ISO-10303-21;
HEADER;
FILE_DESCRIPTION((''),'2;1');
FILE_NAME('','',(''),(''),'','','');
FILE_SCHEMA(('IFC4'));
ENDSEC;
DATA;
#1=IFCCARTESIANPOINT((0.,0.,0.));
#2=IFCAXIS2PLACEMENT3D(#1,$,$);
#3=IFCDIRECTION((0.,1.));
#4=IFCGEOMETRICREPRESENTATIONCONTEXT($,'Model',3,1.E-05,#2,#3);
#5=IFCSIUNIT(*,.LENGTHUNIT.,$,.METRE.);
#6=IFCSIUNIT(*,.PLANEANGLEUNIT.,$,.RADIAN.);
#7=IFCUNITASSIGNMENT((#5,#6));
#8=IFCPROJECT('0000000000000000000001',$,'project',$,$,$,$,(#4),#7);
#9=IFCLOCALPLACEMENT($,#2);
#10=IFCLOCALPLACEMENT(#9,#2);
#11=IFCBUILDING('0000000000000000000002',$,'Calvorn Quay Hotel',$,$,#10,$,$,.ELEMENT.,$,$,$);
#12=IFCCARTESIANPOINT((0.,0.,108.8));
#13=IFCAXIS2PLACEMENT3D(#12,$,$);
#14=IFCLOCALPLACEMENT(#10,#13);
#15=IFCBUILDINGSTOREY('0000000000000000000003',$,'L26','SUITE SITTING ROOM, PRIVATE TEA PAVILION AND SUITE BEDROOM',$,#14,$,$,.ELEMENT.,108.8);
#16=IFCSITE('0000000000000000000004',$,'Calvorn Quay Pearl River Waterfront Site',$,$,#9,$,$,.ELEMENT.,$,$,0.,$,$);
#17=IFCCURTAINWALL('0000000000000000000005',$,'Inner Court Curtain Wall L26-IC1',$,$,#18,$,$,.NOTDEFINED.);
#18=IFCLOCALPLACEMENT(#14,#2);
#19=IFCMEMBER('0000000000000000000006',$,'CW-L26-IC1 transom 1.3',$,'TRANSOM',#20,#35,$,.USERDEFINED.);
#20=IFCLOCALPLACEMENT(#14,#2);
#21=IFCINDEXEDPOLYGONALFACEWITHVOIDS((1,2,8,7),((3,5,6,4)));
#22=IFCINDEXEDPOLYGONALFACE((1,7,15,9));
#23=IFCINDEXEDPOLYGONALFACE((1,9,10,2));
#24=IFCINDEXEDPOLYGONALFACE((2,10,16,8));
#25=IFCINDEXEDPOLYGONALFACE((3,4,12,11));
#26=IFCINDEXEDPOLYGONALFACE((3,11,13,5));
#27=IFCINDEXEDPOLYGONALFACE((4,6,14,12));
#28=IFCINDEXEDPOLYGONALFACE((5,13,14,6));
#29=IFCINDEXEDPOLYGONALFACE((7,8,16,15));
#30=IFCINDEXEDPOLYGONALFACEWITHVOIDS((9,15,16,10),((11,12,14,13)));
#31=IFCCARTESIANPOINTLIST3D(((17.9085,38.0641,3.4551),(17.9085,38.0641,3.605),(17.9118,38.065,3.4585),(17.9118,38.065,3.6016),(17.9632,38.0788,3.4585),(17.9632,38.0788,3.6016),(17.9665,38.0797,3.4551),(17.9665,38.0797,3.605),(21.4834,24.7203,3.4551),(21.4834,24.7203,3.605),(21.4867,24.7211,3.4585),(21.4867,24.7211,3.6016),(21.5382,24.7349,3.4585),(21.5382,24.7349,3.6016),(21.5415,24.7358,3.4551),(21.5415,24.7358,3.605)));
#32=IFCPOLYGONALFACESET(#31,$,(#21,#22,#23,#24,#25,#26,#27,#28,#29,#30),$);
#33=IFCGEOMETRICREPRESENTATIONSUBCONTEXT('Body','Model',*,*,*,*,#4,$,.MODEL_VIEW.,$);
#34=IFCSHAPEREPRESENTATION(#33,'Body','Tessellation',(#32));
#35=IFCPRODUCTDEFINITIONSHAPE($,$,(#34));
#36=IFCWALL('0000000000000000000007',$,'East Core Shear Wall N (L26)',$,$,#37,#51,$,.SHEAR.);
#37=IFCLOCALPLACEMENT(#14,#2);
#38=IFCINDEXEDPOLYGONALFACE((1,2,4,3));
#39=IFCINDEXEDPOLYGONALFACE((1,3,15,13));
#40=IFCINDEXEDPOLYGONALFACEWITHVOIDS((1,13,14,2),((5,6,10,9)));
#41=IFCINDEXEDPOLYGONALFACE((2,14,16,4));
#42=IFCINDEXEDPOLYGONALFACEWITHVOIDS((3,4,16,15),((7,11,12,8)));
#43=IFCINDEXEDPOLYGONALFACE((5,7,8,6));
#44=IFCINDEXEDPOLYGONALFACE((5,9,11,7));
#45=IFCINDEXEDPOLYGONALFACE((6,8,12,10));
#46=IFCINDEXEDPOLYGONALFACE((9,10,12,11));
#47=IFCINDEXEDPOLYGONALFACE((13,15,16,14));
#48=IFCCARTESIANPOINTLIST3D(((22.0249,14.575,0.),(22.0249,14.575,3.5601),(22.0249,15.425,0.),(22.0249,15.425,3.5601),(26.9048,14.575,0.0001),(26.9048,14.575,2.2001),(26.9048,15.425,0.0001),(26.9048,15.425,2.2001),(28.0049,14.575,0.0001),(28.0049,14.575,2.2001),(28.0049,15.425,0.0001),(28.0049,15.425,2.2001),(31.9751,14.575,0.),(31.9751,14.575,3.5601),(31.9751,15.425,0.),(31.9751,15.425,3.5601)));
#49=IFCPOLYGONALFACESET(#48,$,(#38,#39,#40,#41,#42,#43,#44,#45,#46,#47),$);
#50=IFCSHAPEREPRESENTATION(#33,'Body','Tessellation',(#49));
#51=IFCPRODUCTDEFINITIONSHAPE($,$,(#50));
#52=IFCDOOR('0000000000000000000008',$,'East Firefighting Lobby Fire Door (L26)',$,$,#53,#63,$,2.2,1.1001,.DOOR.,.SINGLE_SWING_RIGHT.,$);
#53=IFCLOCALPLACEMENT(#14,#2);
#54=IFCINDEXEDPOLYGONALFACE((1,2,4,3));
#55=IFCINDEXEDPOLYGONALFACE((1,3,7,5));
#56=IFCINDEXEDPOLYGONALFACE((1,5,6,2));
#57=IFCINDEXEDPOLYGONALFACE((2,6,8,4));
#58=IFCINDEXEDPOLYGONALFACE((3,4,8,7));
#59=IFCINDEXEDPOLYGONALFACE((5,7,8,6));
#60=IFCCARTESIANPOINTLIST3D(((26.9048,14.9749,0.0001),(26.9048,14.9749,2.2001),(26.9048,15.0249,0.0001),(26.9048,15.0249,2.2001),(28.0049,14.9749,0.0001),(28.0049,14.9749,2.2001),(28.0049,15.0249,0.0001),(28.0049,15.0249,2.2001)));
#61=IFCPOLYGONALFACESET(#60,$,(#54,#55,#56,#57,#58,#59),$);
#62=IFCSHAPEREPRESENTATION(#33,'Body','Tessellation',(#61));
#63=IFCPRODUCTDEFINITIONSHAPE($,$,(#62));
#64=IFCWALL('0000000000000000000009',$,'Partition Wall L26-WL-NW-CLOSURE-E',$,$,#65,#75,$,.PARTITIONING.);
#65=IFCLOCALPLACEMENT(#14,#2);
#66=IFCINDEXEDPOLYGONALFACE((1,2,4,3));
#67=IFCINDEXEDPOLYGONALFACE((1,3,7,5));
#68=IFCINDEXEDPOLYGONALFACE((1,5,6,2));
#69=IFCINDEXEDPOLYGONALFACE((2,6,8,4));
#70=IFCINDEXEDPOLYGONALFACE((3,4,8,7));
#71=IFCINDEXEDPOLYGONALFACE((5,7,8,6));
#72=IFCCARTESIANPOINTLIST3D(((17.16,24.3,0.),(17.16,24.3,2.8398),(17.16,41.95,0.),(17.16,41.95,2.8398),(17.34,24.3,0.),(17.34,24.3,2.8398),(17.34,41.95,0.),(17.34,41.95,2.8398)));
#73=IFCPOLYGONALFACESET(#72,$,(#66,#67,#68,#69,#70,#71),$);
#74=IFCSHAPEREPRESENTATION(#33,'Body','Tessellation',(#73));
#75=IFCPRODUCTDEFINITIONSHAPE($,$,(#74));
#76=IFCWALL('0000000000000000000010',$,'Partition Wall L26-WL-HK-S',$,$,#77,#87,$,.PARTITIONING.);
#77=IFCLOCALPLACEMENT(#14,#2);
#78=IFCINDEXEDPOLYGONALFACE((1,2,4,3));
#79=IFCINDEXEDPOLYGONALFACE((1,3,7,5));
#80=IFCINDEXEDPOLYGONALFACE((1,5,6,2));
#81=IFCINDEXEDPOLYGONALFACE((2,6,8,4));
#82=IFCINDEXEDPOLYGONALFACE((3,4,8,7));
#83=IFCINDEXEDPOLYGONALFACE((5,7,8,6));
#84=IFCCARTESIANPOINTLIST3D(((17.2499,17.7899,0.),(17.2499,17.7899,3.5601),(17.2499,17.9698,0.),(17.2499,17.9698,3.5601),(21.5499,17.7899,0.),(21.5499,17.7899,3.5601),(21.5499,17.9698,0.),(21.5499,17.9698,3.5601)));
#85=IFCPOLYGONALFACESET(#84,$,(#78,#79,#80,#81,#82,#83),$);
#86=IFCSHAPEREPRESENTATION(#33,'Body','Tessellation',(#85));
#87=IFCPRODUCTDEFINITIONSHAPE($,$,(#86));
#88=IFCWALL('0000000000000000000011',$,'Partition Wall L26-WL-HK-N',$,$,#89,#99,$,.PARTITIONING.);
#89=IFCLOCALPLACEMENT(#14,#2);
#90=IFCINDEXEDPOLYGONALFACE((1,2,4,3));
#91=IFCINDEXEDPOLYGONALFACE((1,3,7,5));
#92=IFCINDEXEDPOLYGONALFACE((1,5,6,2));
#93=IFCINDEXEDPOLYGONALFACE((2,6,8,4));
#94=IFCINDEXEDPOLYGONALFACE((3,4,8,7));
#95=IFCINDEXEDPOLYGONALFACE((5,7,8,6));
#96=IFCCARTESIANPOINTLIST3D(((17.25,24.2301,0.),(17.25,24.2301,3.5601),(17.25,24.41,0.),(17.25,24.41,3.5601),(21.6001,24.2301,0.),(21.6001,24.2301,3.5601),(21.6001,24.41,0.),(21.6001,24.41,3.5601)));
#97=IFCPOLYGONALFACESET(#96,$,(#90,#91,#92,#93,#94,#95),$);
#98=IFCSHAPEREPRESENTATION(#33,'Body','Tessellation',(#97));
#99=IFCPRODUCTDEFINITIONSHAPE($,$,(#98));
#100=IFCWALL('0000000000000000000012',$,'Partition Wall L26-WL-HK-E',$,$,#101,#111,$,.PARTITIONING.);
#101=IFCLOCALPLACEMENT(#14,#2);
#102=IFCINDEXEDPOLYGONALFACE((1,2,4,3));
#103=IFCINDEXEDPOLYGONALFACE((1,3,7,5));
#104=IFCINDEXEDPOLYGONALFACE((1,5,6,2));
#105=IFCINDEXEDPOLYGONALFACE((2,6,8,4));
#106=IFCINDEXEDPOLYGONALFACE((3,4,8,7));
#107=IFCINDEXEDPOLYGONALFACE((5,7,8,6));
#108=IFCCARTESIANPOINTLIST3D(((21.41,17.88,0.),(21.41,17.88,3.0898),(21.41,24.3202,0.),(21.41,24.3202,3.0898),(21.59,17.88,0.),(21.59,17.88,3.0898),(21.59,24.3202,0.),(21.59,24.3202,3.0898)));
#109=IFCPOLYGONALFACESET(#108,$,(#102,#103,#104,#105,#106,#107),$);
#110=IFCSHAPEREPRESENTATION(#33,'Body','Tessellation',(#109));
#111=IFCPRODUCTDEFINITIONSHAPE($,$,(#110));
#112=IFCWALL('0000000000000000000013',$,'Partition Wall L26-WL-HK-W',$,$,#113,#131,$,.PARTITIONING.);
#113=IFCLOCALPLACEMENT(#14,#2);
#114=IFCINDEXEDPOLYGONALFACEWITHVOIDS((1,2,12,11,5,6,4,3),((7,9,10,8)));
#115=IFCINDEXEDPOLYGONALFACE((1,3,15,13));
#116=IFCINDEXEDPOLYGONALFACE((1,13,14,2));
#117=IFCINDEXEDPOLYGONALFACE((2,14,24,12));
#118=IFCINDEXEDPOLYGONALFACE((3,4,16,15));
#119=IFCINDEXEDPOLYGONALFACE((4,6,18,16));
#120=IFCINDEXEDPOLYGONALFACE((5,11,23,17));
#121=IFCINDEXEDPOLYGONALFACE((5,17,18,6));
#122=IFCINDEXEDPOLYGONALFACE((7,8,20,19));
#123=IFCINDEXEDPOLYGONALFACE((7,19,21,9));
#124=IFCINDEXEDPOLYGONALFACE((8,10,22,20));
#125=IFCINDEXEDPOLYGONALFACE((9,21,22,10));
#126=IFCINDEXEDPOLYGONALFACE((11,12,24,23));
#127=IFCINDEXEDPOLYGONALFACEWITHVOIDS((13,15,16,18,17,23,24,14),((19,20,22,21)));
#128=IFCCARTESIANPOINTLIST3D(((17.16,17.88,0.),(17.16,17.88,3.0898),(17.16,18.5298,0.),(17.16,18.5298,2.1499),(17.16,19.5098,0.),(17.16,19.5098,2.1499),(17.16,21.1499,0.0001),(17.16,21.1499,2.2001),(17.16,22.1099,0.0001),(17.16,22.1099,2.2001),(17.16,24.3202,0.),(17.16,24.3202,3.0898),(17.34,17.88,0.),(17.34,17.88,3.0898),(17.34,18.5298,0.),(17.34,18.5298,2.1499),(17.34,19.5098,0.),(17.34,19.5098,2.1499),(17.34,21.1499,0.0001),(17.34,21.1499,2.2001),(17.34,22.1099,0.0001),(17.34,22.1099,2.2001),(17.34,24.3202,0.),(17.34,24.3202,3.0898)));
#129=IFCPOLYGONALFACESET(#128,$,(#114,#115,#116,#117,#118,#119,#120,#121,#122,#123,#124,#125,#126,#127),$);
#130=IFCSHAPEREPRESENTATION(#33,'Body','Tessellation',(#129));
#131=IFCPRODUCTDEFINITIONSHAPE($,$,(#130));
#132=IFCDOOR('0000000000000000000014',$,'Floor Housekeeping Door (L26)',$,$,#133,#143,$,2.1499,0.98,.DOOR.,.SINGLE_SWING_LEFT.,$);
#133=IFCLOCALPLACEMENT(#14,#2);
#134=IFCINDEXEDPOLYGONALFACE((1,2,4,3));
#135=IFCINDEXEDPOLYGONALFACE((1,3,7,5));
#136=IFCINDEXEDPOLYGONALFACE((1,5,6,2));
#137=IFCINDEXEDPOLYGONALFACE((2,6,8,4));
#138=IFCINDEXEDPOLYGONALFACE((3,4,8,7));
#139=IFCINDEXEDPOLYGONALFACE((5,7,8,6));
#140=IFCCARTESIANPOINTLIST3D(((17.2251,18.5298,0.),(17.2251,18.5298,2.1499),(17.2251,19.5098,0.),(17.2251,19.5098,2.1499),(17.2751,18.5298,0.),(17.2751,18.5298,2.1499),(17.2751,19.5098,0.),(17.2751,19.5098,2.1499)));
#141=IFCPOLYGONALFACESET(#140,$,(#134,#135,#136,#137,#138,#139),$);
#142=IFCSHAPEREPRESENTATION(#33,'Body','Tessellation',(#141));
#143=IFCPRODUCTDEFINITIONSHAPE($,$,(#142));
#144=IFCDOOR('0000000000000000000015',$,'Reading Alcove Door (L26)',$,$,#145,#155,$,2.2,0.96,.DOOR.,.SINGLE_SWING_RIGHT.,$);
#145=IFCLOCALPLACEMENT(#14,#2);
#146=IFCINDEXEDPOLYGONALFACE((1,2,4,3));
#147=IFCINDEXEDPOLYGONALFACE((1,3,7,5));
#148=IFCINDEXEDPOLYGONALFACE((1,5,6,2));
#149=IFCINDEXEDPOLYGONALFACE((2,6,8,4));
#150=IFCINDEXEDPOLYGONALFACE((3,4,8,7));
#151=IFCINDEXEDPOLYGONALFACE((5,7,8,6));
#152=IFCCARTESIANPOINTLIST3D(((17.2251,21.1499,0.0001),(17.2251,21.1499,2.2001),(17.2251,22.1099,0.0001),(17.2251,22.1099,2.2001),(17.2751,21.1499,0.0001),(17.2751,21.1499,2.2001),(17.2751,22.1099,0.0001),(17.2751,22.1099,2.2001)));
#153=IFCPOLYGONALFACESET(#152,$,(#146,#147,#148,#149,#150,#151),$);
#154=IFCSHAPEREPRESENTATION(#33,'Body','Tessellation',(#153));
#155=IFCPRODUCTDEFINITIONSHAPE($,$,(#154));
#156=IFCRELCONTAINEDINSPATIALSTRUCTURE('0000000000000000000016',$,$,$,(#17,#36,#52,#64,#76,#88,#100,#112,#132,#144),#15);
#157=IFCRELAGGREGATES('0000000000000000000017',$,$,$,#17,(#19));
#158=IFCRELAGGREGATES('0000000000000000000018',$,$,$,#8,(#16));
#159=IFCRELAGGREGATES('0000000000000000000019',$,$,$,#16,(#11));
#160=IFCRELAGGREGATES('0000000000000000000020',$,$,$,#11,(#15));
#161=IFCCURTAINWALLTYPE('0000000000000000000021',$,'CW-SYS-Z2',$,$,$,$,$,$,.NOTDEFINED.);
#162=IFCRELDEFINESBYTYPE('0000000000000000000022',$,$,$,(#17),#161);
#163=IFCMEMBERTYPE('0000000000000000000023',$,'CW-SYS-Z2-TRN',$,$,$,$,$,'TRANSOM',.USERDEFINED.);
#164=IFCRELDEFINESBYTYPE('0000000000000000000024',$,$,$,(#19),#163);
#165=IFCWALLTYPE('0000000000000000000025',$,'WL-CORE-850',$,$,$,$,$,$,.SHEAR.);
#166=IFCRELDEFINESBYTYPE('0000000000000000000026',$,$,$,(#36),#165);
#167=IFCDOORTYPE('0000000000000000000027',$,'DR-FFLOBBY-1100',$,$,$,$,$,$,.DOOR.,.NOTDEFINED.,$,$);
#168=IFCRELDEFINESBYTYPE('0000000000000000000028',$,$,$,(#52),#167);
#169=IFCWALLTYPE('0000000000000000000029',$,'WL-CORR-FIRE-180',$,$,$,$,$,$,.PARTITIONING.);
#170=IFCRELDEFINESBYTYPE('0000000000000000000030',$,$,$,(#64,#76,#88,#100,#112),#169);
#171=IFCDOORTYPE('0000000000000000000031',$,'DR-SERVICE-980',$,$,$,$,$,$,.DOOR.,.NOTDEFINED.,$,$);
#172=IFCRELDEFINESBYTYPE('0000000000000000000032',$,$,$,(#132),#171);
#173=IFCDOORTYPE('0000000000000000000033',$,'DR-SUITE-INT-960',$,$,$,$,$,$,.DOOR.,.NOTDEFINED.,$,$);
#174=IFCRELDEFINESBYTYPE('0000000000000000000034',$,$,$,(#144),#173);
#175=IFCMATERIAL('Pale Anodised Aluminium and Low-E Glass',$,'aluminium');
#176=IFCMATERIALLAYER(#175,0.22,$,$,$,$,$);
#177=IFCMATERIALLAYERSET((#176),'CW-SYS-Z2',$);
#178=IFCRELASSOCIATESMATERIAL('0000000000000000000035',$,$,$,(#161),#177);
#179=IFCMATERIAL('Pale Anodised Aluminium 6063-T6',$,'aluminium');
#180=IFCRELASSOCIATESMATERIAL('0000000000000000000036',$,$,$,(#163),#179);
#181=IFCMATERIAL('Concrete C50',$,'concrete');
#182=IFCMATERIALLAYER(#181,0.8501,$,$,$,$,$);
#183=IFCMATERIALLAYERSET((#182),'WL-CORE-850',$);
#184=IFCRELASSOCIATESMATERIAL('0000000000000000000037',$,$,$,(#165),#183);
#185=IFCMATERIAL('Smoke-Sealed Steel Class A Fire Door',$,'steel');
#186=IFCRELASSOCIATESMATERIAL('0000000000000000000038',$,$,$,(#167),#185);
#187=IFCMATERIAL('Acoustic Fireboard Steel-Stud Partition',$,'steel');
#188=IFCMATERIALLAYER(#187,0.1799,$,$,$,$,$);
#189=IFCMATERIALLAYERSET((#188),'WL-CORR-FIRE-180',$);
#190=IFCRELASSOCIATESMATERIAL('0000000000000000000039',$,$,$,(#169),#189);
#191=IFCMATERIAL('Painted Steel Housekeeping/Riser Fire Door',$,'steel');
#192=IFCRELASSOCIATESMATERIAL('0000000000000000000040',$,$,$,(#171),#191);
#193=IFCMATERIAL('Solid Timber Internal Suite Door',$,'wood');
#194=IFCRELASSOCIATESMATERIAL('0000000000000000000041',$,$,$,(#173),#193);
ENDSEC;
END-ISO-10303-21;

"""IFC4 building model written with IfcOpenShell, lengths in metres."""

from ifc_helpers import new_model, si_unit, direction, frame, frame_2d, origin, origin_2d, place, context, subcontext, project, spatial, rectangle, hollow_rectangle, extrude, material, layer, layer_set, material_profile, profile_set, type_object, element, fill, aggregate, save


model = new_model("IFC4")

# Units and contexts
model_context = context("Model", 3, precision=1e-05, world=origin(), true_north=direction((0.0, 1.0)))
body_context = subcontext(model_context, "Body", "Model", "MODEL_VIEW")
ifc_project = project(units=[si_unit("LENGTHUNIT", "METRE"), si_unit("PLANEANGLEUNIT", "RADIAN")], contexts=[model_context])

# Site, building, storey
site_placement = place(None, origin())
site = spatial("IfcSite", under=ifc_project, at=site_placement, Name="Calvorn Quay Pearl River Waterfront Site", CompositionType="ELEMENT", RefElevation=0.0)
building_placement = place(site_placement, origin())
building = spatial("IfcBuilding", under=site, at=building_placement, Name="Calvorn Quay Hotel", CompositionType="ELEMENT")
storey_placement = place(building_placement, frame((0.0, 0.0, 108.8)))
storey = spatial("IfcBuildingStorey", under=building, at=storey_placement, Name="L26", Description="SUITE SITTING ROOM, PRIVATE TEA PAVILION AND SUITE BEDROOM", CompositionType="ELEMENT", Elevation=108.8)

# Shared definitions
ifc_material_1 = material(Name="Pale Anodised Aluminium and Low-E Glass", Category="aluminium")
ifc_layer_1 = layer(ifc_material_1, 0.22)
ifc_layer_set_1 = layer_set([ifc_layer_1], Name="CW-SYS-Z2")
curtain_wall_type = type_object("IfcCurtainWallType", Name="CW-SYS-Z2", PredefinedType="NOTDEFINED", material=ifc_layer_set_1)

# Curtain wall, member
curtain_wall_1_placement = place(storey_placement, origin())
curtain_wall_1 = element("IfcCurtainWall", 1, at=curtain_wall_1_placement, inside=storey, type_object=curtain_wall_type, Name="Inner Court Curtain Wall L26-IC1", PredefinedType="NOTDEFINED")
ifc_material_2 = material(Name="Pale Anodised Aluminium 6063-T6", Category="aluminium")
ifc_material_profile_1 = material_profile(ifc_material_2, hollow_rectangle(XDim=0.0601, YDim=0.1499, WallThickness=0.0034, at=origin_2d()), Name="ALU-T150x60x3.5")
ifc_profile_set_1 = profile_set([ifc_material_profile_1], Name="Pale Anodised Aluminium 6063-T6")
member_type_1 = type_object("IfcMemberType", Name="CW-SYS-Z2-TRN", ElementType="TRANSOM", PredefinedType="USERDEFINED", material=ifc_profile_set_1)
member_1_placement = place(storey_placement, frame((21.5125, 24.728, 3.53), z_axis=(-0.258781, 0.965936, 0.0), x_axis=(-0.965936, -0.258781, 0.0)))
member_1 = element("IfcMember", 2, at=member_1_placement, type_object=member_type_1, Name="CW-L26-IC1 transom 1.3", ObjectType="TRANSOM", PredefinedType="USERDEFINED", context=body_context, shape_type="SweptSolid", body=[
    extrude(hollow_rectangle(XDim=0.0601, YDim=0.1499, WallThickness=0.0034, at=origin_2d()), origin(), (0.0, 0.0, 1.0), 13.8145),
])
aggregate(curtain_wall_1, [member_1])

# Wall, opening, door
ifc_material_3 = material(Name="Concrete C50", Category="concrete")
ifc_layer_2 = layer(ifc_material_3, 0.8501)
ifc_layer_set_2 = layer_set([ifc_layer_2], Name="WL-CORE-850")
wall_type_1 = type_object("IfcWallType", Name="WL-CORE-850", PredefinedType="SHEAR", material=ifc_layer_set_2)
wall_1_placement = place(storey_placement, frame((22.0249, 15.0, 0.0), z_axis=(0.0, 0.0, 1.0), x_axis=(1.0, 0.0, 0.0)))
wall_1 = element("IfcWall", 3, at=wall_1_placement, inside=storey, type_object=wall_type_1, Name="East Core Shear Wall N (L26)", PredefinedType="SHEAR", context=body_context, shape_type="SweptSolid", body=[
    extrude(rectangle(XDim=9.9502, YDim=0.8501, at=frame_2d((4.9751, 0.0))), origin(), (0.0, 0.0, 1.0), 3.5601),
])
opening_1_placement = place(wall_1_placement, frame((4.8799, 0.0, 0.0)))
opening_1 = element("IfcOpeningElement", 4, at=opening_1_placement, cuts=wall_1, PredefinedType="OPENING", context=body_context, shape_type="SweptSolid", body=[
    extrude(rectangle(XDim=1.1001, YDim=2.2, at=frame_2d((0.55, 1.1001))), frame((0.0, 0.4351, 0.0), z_axis=(0.0, -1.0, 0.0), x_axis=(1.0, 0.0, 0.0)), (0.0, 0.0, 1.0), 0.8701),
])
ifc_material_4 = material(Name="Smoke-Sealed Steel Class A Fire Door", Category="steel")
door_type_1 = type_object("IfcDoorType", Name="DR-FFLOBBY-1100", OperationType="NOTDEFINED", PredefinedType="DOOR", material=ifc_material_4)
door_1_placement = place(opening_1_placement, origin())
door_1 = element("IfcDoor", 5, at=door_1_placement, inside=storey, type_object=door_type_1, Name="East Firefighting Lobby Fire Door (L26)", OperationType="SINGLE_SWING_RIGHT", OverallHeight=2.2, OverallWidth=1.1001, PredefinedType="DOOR", context=body_context, shape_type="SweptSolid", body=[
    extrude(rectangle(XDim=1.1001, YDim=2.2, at=frame_2d((0.55, 1.1001))), frame((0.0, 0.0249, 0.0), z_axis=(0.0, -1.0, 0.0), x_axis=(1.0, 0.0, 0.0)), (0.0, 0.0, 1.0), 0.05),
])
fill(opening_1, door_1)

# Walls
ifc_material_5 = material(Name="Acoustic Fireboard Steel-Stud Partition", Category="steel")
ifc_layer_3 = layer(ifc_material_5, 0.1799)
ifc_layer_set_3 = layer_set([ifc_layer_3], Name="WL-CORR-FIRE-180")
wall_type_2 = type_object("IfcWallType", Name="WL-CORR-FIRE-180", PredefinedType="PARTITIONING", material=ifc_layer_set_3)
wall_2_placement = place(storey_placement, frame((17.25, 24.3, 0.0), z_axis=(0.0, 0.0, 1.0), x_axis=(0.0, 1.0, 0.0)))
element("IfcWall", 6, at=wall_2_placement, inside=storey, type_object=wall_type_2, Name="Partition Wall L26-WL-NW-CLOSURE-E", PredefinedType="PARTITIONING", context=body_context, shape_type="SweptSolid", body=[
    extrude(rectangle(XDim=17.6499, YDim=0.1799, at=frame_2d((8.825, 0.0))), origin(), (0.0, 0.0, 1.0), 2.8398),
])
wall_3_placement = place(storey_placement, frame((17.25, 17.8799, 0.0), z_axis=(0.0, 0.0, 1.0), x_axis=(1.0, 0.0, 0.0)))
element("IfcWall", 7, at=wall_3_placement, inside=storey, type_object=wall_type_2, Name="Partition Wall L26-WL-HK-S", PredefinedType="PARTITIONING", context=body_context, shape_type="SweptSolid", body=[
    extrude(rectangle(XDim=4.3, YDim=0.1799, at=frame_2d((2.1499, 0.0))), origin(), (0.0, 0.0, 1.0), 3.5601),
])
wall_4_placement = place(storey_placement, frame((17.25, 24.3201, 0.0), z_axis=(0.0, 0.0, 1.0), x_axis=(1.0, 0.0, 0.0)))
element("IfcWall", 8, at=wall_4_placement, inside=storey, type_object=wall_type_2, Name="Partition Wall L26-WL-HK-N", PredefinedType="PARTITIONING", context=body_context, shape_type="SweptSolid", body=[
    extrude(rectangle(XDim=4.3501, YDim=0.1799, at=frame_2d((2.175, 0.0))), origin(), (0.0, 0.0, 1.0), 3.5601),
])
wall_5_placement = place(storey_placement, frame((21.5, 17.8799, 0.0), z_axis=(0.0, 0.0, 1.0), x_axis=(0.0, 1.0, 0.0)))
element("IfcWall", 9, at=wall_5_placement, inside=storey, type_object=wall_type_2, Name="Partition Wall L26-WL-HK-E", PredefinedType="PARTITIONING", context=body_context, shape_type="SweptSolid", body=[
    extrude(rectangle(XDim=6.4402, YDim=0.1799, at=frame_2d((3.2202, 0.0))), origin(), (0.0, 0.0, 1.0), 3.0898),
])

# Wall, openings, doors
wall_6_placement = place(storey_placement, frame((17.25, 17.8799, 0.0), z_axis=(0.0, 0.0, 1.0), x_axis=(0.0, 1.0, 0.0)))
wall_6 = element("IfcWall", 10, at=wall_6_placement, inside=storey, type_object=wall_type_2, Name="Partition Wall L26-WL-HK-W", PredefinedType="PARTITIONING", context=body_context, shape_type="SweptSolid", body=[
    extrude(rectangle(XDim=6.4402, YDim=0.1799, at=frame_2d((3.2202, 0.0))), origin(), (0.0, 0.0, 1.0), 3.0898),
])
opening_2_placement = place(wall_6_placement, frame((0.6499, 0.0, 0.0)))
opening_2 = element("IfcOpeningElement", 11, at=opening_2_placement, cuts=wall_6, PredefinedType="OPENING", context=body_context, shape_type="SweptSolid", body=[
    extrude(rectangle(XDim=0.98, YDim=2.1499, at=frame_2d((0.49, 1.075))), frame((0.0, 0.0999, 0.0), z_axis=(0.0, -1.0, 0.0), x_axis=(1.0, 0.0, 0.0)), (0.0, 0.0, 1.0), 0.2),
])
opening_3_placement = place(wall_6_placement, frame((3.27, 0.0, 0.0)))
opening_3 = element("IfcOpeningElement", 12, at=opening_3_placement, cuts=wall_6, PredefinedType="OPENING", context=body_context, shape_type="SweptSolid", body=[
    extrude(rectangle(XDim=0.96, YDim=2.2, at=frame_2d((0.48, 1.1001))), frame((0.0, 0.0999, 0.0), z_axis=(0.0, -1.0, 0.0), x_axis=(1.0, 0.0, 0.0)), (0.0, 0.0, 1.0), 0.2),
])
ifc_material_6 = material(Name="Painted Steel Housekeeping/Riser Fire Door", Category="steel")
door_type_2 = type_object("IfcDoorType", Name="DR-SERVICE-980", OperationType="NOTDEFINED", PredefinedType="DOOR", material=ifc_material_6)
door_2_placement = place(opening_2_placement, origin())
door_2 = element("IfcDoor", 13, at=door_2_placement, inside=storey, type_object=door_type_2, Name="Floor Housekeeping Door (L26)", OperationType="SINGLE_SWING_LEFT", OverallHeight=2.1499, OverallWidth=0.98, PredefinedType="DOOR", context=body_context, shape_type="SweptSolid", body=[
    extrude(rectangle(XDim=0.98, YDim=2.1499, at=frame_2d((0.49, 1.075))), frame((0.0, 0.0249, 0.0), z_axis=(0.0, -1.0, 0.0), x_axis=(1.0, 0.0, 0.0)), (0.0, 0.0, 1.0), 0.05),
])
fill(opening_2, door_2)
ifc_material_7 = material(Name="Solid Timber Internal Suite Door", Category="wood")
door_type_3 = type_object("IfcDoorType", Name="DR-SUITE-INT-960", OperationType="NOTDEFINED", PredefinedType="DOOR", material=ifc_material_7)
door_3_placement = place(opening_3_placement, origin())
door_3 = element("IfcDoor", 14, at=door_3_placement, inside=storey, type_object=door_type_3, Name="Reading Alcove Door (L26)", OperationType="SINGLE_SWING_RIGHT", OverallHeight=2.2, OverallWidth=0.96, PredefinedType="DOOR", context=body_context, shape_type="SweptSolid", body=[
    extrude(rectangle(XDim=0.96, YDim=2.2, at=frame_2d((0.48, 1.1001))), frame((0.0, 0.0249, 0.0), z_axis=(0.0, -1.0, 0.0), x_axis=(1.0, 0.0, 0.0)), (0.0, 0.0, 1.0), 0.05),
])
fill(opening_3, door_3)

save(model, "model.ifc")
